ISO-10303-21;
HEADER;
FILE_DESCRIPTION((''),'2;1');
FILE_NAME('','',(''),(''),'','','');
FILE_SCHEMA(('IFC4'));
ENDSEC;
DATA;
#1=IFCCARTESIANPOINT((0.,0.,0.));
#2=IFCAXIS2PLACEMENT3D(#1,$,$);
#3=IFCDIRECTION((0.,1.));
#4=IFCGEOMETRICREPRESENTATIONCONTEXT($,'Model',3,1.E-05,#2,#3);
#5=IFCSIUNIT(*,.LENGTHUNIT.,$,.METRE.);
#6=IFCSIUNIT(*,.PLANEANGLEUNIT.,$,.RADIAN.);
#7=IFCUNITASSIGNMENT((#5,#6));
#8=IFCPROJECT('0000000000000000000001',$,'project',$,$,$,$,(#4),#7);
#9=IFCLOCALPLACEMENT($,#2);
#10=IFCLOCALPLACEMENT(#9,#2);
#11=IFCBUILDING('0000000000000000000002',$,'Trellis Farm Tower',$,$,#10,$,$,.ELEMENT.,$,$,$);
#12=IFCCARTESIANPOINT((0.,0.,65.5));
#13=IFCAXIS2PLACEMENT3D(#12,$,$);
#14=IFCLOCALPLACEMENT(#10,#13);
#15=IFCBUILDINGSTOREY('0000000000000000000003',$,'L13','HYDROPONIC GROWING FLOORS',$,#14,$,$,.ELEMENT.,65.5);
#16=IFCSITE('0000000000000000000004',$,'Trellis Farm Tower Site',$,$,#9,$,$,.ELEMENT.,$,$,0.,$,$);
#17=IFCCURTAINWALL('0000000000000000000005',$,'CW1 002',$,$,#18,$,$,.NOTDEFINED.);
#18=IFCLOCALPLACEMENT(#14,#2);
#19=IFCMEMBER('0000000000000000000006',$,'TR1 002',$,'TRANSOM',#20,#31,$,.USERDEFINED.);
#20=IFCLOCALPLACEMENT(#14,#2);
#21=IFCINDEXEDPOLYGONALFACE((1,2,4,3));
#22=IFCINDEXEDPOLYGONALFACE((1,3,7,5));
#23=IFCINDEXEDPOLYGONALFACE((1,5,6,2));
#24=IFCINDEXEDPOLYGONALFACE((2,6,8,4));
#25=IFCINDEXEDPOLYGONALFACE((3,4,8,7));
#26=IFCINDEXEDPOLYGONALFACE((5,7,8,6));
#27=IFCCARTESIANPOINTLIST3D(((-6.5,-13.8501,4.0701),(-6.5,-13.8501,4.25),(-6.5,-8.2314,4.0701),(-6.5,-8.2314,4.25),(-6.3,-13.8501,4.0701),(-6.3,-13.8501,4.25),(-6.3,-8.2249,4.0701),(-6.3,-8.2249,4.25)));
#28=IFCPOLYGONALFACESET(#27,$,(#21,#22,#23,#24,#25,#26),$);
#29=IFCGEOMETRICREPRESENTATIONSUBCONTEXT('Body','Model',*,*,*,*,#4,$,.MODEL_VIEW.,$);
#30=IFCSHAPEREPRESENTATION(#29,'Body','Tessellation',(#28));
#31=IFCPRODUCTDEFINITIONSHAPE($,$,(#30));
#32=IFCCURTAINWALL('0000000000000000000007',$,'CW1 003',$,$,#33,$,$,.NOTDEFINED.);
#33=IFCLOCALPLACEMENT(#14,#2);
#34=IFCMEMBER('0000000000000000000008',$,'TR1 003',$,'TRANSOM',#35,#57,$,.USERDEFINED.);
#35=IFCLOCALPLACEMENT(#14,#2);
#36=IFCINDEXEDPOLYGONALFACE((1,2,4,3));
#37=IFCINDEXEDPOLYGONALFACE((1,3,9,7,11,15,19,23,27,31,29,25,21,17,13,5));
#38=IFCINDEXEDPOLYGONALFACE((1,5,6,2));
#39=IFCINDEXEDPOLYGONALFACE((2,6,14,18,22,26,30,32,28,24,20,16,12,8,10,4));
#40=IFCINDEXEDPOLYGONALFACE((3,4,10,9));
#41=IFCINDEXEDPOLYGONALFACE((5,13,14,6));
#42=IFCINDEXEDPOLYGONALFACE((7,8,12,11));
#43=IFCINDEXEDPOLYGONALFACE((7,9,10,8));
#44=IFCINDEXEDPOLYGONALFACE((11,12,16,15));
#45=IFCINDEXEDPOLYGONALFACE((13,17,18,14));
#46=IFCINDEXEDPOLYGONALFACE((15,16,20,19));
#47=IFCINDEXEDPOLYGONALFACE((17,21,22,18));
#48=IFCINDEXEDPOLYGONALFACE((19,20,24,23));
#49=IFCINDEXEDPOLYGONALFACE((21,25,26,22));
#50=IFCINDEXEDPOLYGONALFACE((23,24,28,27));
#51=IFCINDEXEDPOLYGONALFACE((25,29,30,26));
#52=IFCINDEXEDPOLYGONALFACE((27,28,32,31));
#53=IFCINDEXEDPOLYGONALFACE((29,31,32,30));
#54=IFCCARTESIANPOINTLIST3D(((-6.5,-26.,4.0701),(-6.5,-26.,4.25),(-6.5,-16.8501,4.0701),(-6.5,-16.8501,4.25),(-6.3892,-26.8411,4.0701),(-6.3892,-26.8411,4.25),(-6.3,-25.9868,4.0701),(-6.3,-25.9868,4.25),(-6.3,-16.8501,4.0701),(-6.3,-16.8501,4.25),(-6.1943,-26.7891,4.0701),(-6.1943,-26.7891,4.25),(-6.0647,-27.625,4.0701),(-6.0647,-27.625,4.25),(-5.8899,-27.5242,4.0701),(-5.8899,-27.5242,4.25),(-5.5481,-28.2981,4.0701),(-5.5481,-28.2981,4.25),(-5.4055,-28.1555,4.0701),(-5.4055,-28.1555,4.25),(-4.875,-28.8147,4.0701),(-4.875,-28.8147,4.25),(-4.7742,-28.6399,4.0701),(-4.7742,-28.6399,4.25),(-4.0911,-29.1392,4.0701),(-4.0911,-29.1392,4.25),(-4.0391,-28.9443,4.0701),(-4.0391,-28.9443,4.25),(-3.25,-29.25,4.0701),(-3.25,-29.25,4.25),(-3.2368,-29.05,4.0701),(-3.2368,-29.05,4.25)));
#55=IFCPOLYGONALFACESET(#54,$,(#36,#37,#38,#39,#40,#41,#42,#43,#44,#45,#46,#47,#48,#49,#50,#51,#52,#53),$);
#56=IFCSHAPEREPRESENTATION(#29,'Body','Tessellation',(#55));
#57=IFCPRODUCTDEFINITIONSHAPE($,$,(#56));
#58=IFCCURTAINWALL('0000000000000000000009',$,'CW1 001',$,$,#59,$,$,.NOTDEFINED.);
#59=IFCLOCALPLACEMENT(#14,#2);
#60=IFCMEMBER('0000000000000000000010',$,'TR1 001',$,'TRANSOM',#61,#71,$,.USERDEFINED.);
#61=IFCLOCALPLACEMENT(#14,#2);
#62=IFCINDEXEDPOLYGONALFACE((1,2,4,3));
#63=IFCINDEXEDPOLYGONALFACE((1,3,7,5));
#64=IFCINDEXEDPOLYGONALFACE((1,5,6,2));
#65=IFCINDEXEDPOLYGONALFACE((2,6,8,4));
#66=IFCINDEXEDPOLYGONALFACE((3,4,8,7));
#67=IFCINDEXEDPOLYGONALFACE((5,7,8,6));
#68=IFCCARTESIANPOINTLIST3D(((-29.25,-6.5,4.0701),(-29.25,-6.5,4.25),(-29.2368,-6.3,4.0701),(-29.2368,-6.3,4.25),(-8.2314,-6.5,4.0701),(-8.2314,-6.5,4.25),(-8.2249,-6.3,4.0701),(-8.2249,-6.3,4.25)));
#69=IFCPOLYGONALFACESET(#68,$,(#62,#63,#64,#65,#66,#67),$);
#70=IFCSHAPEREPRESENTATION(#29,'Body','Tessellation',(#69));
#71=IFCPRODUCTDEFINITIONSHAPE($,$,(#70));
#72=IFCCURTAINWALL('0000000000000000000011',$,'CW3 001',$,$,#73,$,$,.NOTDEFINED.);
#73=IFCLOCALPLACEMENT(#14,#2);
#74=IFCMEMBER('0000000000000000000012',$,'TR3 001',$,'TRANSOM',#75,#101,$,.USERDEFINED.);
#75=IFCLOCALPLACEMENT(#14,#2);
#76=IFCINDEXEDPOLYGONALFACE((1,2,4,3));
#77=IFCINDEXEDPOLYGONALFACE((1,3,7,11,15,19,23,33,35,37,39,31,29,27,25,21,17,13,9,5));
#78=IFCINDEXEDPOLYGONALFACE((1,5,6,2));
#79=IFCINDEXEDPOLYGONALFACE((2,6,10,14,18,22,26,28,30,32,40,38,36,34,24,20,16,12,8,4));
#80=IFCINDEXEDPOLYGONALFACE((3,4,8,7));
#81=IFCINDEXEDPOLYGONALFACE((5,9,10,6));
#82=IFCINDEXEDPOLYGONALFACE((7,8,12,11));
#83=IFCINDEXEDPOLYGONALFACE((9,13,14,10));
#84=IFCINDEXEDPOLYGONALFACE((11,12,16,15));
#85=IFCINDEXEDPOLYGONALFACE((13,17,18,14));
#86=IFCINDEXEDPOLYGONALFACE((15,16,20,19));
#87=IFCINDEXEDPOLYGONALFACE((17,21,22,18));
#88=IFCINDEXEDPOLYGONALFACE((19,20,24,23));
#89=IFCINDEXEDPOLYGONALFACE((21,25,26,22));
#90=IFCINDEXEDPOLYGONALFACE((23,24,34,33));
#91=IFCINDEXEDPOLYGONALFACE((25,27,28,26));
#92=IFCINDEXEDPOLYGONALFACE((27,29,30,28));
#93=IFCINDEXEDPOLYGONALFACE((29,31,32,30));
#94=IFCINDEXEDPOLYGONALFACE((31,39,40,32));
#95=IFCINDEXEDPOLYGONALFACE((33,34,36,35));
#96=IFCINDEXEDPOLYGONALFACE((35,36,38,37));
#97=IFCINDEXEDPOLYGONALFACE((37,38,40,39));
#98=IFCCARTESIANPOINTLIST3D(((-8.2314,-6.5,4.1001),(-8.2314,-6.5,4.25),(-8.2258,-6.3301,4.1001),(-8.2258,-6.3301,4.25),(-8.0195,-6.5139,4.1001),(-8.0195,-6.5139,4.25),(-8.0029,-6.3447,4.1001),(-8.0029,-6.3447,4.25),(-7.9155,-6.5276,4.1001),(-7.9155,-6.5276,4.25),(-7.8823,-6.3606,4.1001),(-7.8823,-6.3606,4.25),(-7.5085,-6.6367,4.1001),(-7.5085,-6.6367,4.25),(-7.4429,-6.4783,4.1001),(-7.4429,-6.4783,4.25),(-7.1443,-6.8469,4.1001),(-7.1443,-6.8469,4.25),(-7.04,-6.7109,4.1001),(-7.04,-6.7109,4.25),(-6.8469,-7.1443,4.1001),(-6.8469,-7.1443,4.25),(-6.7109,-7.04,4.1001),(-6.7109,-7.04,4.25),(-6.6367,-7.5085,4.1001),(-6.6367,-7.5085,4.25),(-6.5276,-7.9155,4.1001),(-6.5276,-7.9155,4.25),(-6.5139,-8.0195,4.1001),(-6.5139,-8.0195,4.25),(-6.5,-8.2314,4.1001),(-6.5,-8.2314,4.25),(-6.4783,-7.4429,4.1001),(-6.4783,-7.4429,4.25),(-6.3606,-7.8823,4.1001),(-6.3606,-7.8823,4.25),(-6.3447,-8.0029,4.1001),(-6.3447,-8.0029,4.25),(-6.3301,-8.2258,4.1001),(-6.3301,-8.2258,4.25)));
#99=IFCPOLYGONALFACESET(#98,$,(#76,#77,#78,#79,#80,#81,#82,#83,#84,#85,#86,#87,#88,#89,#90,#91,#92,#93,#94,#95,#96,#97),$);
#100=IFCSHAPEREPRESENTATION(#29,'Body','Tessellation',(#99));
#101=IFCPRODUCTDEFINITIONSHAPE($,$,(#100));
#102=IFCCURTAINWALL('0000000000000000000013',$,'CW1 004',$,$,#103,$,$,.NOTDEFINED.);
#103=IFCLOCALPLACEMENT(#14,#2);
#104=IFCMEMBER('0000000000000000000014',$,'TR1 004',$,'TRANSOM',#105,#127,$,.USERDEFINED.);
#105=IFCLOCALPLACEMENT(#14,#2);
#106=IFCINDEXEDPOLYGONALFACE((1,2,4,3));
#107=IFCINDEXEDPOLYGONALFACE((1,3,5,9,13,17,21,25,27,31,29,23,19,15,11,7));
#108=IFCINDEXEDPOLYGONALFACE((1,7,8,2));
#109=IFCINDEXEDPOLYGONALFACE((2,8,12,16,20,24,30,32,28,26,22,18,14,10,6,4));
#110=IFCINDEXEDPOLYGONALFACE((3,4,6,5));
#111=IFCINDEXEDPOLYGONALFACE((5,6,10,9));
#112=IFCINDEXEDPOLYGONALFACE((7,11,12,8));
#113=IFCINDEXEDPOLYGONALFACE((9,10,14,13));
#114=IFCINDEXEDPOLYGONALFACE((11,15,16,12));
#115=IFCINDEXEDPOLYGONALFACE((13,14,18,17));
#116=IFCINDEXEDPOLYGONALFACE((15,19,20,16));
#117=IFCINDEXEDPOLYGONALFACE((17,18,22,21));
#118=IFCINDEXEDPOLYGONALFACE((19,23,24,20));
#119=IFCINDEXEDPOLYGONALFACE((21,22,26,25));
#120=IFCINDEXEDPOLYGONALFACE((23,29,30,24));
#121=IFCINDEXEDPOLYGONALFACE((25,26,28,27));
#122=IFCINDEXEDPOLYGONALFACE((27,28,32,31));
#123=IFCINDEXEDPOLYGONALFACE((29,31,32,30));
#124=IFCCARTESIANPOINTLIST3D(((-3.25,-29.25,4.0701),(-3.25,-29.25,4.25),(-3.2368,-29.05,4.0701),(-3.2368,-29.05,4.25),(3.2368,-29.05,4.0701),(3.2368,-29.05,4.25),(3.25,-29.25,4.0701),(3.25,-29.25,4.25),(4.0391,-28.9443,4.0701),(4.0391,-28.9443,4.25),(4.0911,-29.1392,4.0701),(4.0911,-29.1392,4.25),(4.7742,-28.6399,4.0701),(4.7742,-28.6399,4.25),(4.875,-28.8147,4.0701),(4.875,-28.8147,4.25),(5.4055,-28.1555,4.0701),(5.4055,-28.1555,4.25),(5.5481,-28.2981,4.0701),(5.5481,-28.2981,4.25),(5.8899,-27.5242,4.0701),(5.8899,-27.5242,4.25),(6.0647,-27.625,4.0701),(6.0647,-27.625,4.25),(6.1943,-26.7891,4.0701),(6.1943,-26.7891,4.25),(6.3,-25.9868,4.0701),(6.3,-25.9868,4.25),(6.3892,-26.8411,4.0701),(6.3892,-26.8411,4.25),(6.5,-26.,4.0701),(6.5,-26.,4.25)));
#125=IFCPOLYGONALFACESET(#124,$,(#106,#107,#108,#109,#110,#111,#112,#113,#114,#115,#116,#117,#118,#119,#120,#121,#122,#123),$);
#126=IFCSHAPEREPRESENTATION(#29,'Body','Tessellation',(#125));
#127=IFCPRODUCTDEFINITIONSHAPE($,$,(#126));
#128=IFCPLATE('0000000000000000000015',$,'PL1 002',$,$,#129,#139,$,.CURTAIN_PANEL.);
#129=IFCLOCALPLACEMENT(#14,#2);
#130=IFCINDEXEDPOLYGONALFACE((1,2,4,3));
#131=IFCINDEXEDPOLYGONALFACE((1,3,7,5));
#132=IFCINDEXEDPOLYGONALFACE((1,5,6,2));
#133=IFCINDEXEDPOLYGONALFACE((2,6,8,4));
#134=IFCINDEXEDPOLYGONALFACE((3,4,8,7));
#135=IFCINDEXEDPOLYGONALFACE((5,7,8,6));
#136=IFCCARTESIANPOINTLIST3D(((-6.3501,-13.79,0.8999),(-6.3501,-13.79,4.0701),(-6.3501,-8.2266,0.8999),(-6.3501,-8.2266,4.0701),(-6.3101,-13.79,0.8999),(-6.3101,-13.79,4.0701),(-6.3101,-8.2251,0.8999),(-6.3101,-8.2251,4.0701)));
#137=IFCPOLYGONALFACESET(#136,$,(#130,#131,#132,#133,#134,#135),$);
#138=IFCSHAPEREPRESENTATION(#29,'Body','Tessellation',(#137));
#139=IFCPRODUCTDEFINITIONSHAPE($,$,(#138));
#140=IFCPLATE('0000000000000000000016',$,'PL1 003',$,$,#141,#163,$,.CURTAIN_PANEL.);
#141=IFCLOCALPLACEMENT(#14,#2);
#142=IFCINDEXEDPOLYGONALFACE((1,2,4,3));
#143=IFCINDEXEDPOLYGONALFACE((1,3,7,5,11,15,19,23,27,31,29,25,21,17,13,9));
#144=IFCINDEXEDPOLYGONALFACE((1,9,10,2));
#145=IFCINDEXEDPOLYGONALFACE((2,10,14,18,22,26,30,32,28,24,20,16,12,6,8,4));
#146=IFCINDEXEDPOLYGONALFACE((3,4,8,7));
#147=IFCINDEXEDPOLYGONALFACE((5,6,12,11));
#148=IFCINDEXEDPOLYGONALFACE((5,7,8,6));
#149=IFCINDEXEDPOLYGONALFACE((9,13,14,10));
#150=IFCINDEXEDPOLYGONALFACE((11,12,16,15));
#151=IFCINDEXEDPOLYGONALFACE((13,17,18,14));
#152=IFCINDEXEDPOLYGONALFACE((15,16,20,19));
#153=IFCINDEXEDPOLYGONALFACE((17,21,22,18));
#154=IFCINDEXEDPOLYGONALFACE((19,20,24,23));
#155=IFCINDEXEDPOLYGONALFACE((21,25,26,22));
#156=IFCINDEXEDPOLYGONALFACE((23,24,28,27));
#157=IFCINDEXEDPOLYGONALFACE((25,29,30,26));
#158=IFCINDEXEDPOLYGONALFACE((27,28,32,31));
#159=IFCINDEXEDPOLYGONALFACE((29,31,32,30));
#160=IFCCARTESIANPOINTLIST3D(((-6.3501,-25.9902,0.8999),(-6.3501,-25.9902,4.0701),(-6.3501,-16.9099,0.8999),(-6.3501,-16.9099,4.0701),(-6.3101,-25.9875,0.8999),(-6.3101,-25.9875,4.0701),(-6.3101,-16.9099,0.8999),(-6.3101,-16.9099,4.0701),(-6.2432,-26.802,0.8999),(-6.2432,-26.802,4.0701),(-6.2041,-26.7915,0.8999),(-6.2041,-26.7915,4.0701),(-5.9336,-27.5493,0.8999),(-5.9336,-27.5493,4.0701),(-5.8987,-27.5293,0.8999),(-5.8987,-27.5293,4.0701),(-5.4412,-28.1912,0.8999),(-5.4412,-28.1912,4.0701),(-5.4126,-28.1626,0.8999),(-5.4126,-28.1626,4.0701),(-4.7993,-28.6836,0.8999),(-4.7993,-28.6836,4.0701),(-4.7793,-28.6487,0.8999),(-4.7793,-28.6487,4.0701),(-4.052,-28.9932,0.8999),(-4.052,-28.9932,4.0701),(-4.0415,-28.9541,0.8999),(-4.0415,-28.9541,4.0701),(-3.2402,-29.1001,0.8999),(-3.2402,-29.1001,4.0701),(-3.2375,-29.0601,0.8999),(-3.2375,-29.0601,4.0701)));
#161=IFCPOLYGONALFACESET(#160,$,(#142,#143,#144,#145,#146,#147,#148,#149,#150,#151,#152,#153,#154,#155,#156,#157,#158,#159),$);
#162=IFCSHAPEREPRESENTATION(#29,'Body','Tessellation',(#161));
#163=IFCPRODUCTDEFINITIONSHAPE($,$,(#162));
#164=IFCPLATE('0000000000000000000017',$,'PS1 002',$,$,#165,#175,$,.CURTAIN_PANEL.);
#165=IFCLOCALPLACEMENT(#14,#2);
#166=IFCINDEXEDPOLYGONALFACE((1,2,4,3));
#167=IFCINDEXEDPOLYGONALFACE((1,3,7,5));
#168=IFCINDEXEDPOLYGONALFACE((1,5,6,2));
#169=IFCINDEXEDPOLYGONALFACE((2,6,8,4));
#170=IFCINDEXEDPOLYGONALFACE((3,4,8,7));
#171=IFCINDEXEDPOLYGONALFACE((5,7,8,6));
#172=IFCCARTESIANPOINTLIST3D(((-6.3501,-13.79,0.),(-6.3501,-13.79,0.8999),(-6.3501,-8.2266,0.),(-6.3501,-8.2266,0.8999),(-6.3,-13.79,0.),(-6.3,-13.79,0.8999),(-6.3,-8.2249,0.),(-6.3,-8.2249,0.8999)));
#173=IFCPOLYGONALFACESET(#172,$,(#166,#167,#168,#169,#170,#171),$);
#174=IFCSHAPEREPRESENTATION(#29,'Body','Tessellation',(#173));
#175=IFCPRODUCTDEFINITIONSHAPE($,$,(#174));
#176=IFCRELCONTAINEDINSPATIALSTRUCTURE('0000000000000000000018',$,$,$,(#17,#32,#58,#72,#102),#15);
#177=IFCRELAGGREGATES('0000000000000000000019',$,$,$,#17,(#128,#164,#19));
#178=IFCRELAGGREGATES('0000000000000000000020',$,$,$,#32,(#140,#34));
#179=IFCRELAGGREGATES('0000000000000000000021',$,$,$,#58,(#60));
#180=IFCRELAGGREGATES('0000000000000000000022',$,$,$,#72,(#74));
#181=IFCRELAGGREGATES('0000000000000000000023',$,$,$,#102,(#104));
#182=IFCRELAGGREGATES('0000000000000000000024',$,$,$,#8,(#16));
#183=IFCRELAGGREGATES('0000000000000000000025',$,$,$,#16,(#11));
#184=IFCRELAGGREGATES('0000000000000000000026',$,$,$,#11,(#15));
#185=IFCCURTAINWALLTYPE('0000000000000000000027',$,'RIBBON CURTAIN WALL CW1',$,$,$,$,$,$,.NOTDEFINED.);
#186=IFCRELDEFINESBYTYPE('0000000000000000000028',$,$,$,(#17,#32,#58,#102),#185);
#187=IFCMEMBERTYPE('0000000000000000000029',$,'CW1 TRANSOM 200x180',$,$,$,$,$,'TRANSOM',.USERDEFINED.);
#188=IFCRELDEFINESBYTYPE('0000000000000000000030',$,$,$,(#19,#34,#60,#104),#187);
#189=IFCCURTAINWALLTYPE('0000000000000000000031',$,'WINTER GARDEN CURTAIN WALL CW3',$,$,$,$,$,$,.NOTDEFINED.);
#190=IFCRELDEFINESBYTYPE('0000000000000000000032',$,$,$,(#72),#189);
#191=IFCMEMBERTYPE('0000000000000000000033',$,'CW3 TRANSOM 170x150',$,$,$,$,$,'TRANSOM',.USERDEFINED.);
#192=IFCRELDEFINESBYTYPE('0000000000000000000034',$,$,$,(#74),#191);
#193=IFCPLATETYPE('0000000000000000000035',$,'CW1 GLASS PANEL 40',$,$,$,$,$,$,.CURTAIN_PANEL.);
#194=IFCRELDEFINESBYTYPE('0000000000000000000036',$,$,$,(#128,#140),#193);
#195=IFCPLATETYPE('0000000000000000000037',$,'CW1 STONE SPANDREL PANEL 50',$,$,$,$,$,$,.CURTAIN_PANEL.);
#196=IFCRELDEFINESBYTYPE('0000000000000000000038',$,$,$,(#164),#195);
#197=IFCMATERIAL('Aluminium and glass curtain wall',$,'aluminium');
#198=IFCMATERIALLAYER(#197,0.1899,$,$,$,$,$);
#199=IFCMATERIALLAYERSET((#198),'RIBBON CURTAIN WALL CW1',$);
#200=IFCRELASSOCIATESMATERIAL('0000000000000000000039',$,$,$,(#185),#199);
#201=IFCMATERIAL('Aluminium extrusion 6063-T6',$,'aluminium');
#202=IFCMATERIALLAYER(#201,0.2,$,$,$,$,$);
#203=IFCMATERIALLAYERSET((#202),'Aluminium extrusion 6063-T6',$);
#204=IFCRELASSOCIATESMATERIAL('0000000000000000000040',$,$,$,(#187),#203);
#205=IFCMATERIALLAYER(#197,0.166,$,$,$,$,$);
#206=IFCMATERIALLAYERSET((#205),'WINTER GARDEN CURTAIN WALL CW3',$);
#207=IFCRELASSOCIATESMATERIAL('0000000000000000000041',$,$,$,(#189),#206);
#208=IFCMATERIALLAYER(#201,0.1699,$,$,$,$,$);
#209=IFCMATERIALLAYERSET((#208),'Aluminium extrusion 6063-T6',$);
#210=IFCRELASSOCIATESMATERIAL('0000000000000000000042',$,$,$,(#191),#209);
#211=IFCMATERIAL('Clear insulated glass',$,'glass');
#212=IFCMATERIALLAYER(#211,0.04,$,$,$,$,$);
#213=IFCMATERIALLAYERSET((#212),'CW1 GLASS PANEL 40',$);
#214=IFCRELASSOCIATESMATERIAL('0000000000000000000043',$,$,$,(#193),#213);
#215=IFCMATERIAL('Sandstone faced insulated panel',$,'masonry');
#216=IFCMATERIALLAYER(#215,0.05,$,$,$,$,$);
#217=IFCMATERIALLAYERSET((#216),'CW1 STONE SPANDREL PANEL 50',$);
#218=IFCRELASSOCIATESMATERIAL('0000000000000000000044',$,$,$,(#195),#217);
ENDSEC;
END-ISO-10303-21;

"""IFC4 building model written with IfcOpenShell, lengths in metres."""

from ifc_helpers import new_model, si_unit, direction, frame, origin, place, context, subcontext, project, spatial, polyline, outline, extrude, source, transform, mapped, material, layer, layer_set, type_object, element, aggregate, save


model = new_model("IFC4")

# Units and contexts
model_context = context("Model", 3, precision=1e-05, world=origin(), true_north=direction((0.0, 1.0)))
body_context = subcontext(model_context, "Body", "Model", "MODEL_VIEW")
ifc_project = project(units=[si_unit("LENGTHUNIT", "METRE"), si_unit("PLANEANGLEUNIT", "RADIAN")], contexts=[model_context])

# Site, building, storey
site_placement = place(None, origin())
site = spatial("IfcSite", under=ifc_project, at=site_placement, Name="Trellis Farm Tower Site", CompositionType="ELEMENT", RefElevation=0.0)
building_placement = place(site_placement, origin())
building = spatial("IfcBuilding", under=site, at=building_placement, Name="Trellis Farm Tower", CompositionType="ELEMENT")
storey_placement = place(building_placement, frame((0.0, 0.0, 65.5)))
storey = spatial("IfcBuildingStorey", under=building, at=storey_placement, Name="L13", Description="HYDROPONIC GROWING FLOORS", CompositionType="ELEMENT", Elevation=65.5)

# Curtain walls, members
ifc_material_1 = material(Name="Aluminium and glass curtain wall", Category="aluminium")
ifc_layer_1 = layer(ifc_material_1, 0.1899)
ifc_layer_set_1 = layer_set([ifc_layer_1], Name="RIBBON CURTAIN WALL CW1")
curtain_wall_type_1 = type_object("IfcCurtainWallType", Name="RIBBON CURTAIN WALL CW1", PredefinedType="NOTDEFINED", material=ifc_layer_set_1)
placement_1 = place(storey_placement, origin())
curtain_wall_1 = element("IfcCurtainWall", 1, at=placement_1, inside=storey, type_object=curtain_wall_type_1, Name="CW1 002", PredefinedType="NOTDEFINED")
ifc_material_2 = material(Name="Aluminium extrusion 6063-T6", Category="aluminium")
ifc_layer_2 = layer(ifc_material_2, 0.2)
ifc_layer_set_2 = layer_set([ifc_layer_2], Name="Aluminium extrusion 6063-T6")
member_type_1 = type_object("IfcMemberType", Name="CW1 TRANSOM 200x180", ElementType="TRANSOM", PredefinedType="USERDEFINED", material=ifc_layer_set_2)
placement_2 = place(storey_placement, frame((0.0, 0.0, 4.0701)))
member_1 = element("IfcMember", 2, at=placement_2, type_object=member_type_1, Name="TR1 002", ObjectType="TRANSOM", PredefinedType="USERDEFINED", context=body_context, shape_type="SweptSolid", body=[
    extrude(outline(polyline([(-6.5, -8.2314), (-6.5, -13.8501), (-6.3, -13.8501), (-6.3, -8.2249), (-6.5, -8.2314)])), origin(), (0.0, 0.0, 1.0), 0.1799),
])
curtain_wall_2 = element("IfcCurtainWall", 3, at=placement_1, inside=storey, type_object=curtain_wall_type_1, Name="CW1 003", PredefinedType="NOTDEFINED")
member_2 = element("IfcMember", 4, at=placement_2, type_object=member_type_1, Name="TR1 003", ObjectType="TRANSOM", PredefinedType="USERDEFINED", context=body_context, shape_type="SweptSolid", body=[
    extrude(outline(polyline([(-6.5, -16.8501), (-6.5, -26.0), (-6.3892, -26.8411), (-6.0647, -27.625), (-5.5481, -28.2981), (-4.875, -28.8147), (-4.0911, -29.1392), (-3.25, -29.25), (-3.2368, -29.05), (-4.0391, -28.9443), (-4.7742, -28.6399), (-5.4055, -28.1555), (-5.8899, -27.5242), (-6.1943, -26.7891), (-6.3, -25.9868), (-6.3, -16.8501), (-6.5, -16.8501)])), origin(), (0.0, 0.0, 1.0), 0.1799),
])
curtain_wall_3 = element("IfcCurtainWall", 5, at=placement_1, inside=storey, type_object=curtain_wall_type_1, Name="CW1 001", PredefinedType="NOTDEFINED")
shared_shape_1 = source(origin(), body_context, "Body", "SweptSolid", [
    extrude(outline(polyline([(-29.25, -6.5), (-8.2314, -6.5), (-8.2249, -6.3), (-29.2368, -6.3), (-29.25, -6.5)])), origin(), (0.0, 0.0, 1.0), 0.1799),
])
member_3 = element("IfcMember", 6, at=placement_2, type_object=member_type_1, Name="TR1 001", ObjectType="TRANSOM", PredefinedType="USERDEFINED", context=body_context, shape_type="MappedRepresentation", body=[
    mapped(shared_shape_1, transform((0.0, 0.0, 0.0))),
])
ifc_layer_3 = layer(ifc_material_1, 0.166)
ifc_layer_set_3 = layer_set([ifc_layer_3], Name="WINTER GARDEN CURTAIN WALL CW3")
curtain_wall_type_2 = type_object("IfcCurtainWallType", Name="WINTER GARDEN CURTAIN WALL CW3", PredefinedType="NOTDEFINED", material=ifc_layer_set_3)
curtain_wall_4 = element("IfcCurtainWall", 7, at=placement_1, inside=storey, type_object=curtain_wall_type_2, Name="CW3 001", PredefinedType="NOTDEFINED")
ifc_layer_4 = layer(ifc_material_2, 0.1699)
ifc_layer_set_4 = layer_set([ifc_layer_4], Name="Aluminium extrusion 6063-T6")
member_type_2 = type_object("IfcMemberType", Name="CW3 TRANSOM 170x150", ElementType="TRANSOM", PredefinedType="USERDEFINED", material=ifc_layer_set_4)
shared_shape_2 = source(origin(), body_context, "Body", "SweptSolid", [
    extrude(outline(polyline([(-8.2314, -6.5), (-8.0195, -6.5139), (-7.9155, -6.5276), (-7.5085, -6.6367), (-7.1443, -6.8469), (-6.8469, -7.1443), (-6.6367, -7.5085), (-6.5276, -7.9155), (-6.5139, -8.0195), (-6.5, -8.2314), (-6.3301, -8.2258), (-6.3447, -8.0029), (-6.3606, -7.8823), (-6.4783, -7.4429), (-6.7109, -7.04), (-7.04, -6.7109), (-7.4429, -6.4783), (-7.8823, -6.3606), (-8.0029, -6.3447), (-8.2258, -6.3301), (-8.2314, -6.5)])), origin(), (0.0, 0.0, 1.0), 0.1499),
])
member_4_placement = place(storey_placement, frame((0.0, 0.0, 4.1001)))
member_4 = element("IfcMember", 8, at=member_4_placement, type_object=member_type_2, Name="TR3 001", ObjectType="TRANSOM", PredefinedType="USERDEFINED", context=body_context, shape_type="MappedRepresentation", body=[
    mapped(shared_shape_2, transform((0.0, 0.0, 0.0))),
])
curtain_wall_5 = element("IfcCurtainWall", 9, at=placement_1, inside=storey, type_object=curtain_wall_type_1, Name="CW1 004", PredefinedType="NOTDEFINED")
shared_shape_3 = source(origin(), body_context, "Body", "SweptSolid", [
    extrude(outline(polyline([(-3.25, -29.25), (3.25, -29.25), (4.0911, -29.1392), (4.875, -28.8147), (5.5481, -28.2981), (6.0647, -27.625), (6.3892, -26.8411), (6.5, -26.0), (6.3, -25.9868), (6.1943, -26.7891), (5.8899, -27.5242), (5.4055, -28.1555), (4.7742, -28.6399), (4.0391, -28.9443), (3.2368, -29.05), (-3.2368, -29.05), (-3.25, -29.25)])), origin(), (0.0, 0.0, 1.0), 0.1799),
])
member_5 = element("IfcMember", 10, at=placement_2, type_object=member_type_1, Name="TR1 004", ObjectType="TRANSOM", PredefinedType="USERDEFINED", context=body_context, shape_type="MappedRepresentation", body=[
    mapped(shared_shape_3, transform((0.0, 0.0, 0.0))),
])

# Plates
ifc_material_3 = material(Name="Clear insulated glass", Category="glass")
ifc_layer_5 = layer(ifc_material_3, 0.04)
ifc_layer_set_5 = layer_set([ifc_layer_5], Name="CW1 GLASS PANEL 40")
plate_type_1 = type_object("IfcPlateType", Name="CW1 GLASS PANEL 40", PredefinedType="CURTAIN_PANEL", material=ifc_layer_set_5)
placement_3 = place(storey_placement, frame((0.0, 0.0, 0.8999)))
plate_1 = element("IfcPlate", 11, at=placement_3, type_object=plate_type_1, Name="PL1 002", PredefinedType="CURTAIN_PANEL", context=body_context, shape_type="SweptSolid", body=[
    extrude(outline(polyline([(-6.3501, -8.2266), (-6.3501, -13.79), (-6.3101, -13.79), (-6.3101, -8.2251), (-6.3501, -8.2266)])), origin(), (0.0, 0.0, 1.0), 3.1702),
])
plate_2 = element("IfcPlate", 12, at=placement_3, type_object=plate_type_1, Name="PL1 003", PredefinedType="CURTAIN_PANEL", context=body_context, shape_type="SweptSolid", body=[
    extrude(outline(polyline([(-6.3501, -16.9099), (-6.3501, -25.9902), (-6.2432, -26.802), (-5.9336, -27.5493), (-5.4412, -28.1912), (-4.7993, -28.6836), (-4.052, -28.9932), (-3.2402, -29.1001), (-3.2375, -29.0601), (-4.0415, -28.9541), (-4.7793, -28.6487), (-5.4126, -28.1626), (-5.8987, -27.5293), (-6.2041, -26.7915), (-6.3101, -25.9875), (-6.3101, -16.9099), (-6.3501, -16.9099)])), origin(), (0.0, 0.0, 1.0), 3.1702),
])
ifc_material_4 = material(Name="Sandstone faced insulated panel", Category="masonry")
ifc_layer_6 = layer(ifc_material_4, 0.05)
ifc_layer_set_6 = layer_set([ifc_layer_6], Name="CW1 STONE SPANDREL PANEL 50")
plate_type_2 = type_object("IfcPlateType", Name="CW1 STONE SPANDREL PANEL 50", PredefinedType="CURTAIN_PANEL", material=ifc_layer_set_6)
plate_3 = element("IfcPlate", 13, at=placement_1, type_object=plate_type_2, Name="PS1 002", PredefinedType="CURTAIN_PANEL", context=body_context, shape_type="SweptSolid", body=[
    extrude(outline(polyline([(-6.3501, -8.2266), (-6.3501, -13.79), (-6.3, -13.79), (-6.3, -8.2249), (-6.3501, -8.2266)])), origin(), (0.0, 0.0, 1.0), 0.8999),
])
aggregate(curtain_wall_1, [plate_1, plate_3, member_1])
aggregate(curtain_wall_2, [plate_2, member_2])
aggregate(curtain_wall_3, [member_3])
aggregate(curtain_wall_4, [member_4])
aggregate(curtain_wall_5, [member_5])

save(model, "model.ifc")
